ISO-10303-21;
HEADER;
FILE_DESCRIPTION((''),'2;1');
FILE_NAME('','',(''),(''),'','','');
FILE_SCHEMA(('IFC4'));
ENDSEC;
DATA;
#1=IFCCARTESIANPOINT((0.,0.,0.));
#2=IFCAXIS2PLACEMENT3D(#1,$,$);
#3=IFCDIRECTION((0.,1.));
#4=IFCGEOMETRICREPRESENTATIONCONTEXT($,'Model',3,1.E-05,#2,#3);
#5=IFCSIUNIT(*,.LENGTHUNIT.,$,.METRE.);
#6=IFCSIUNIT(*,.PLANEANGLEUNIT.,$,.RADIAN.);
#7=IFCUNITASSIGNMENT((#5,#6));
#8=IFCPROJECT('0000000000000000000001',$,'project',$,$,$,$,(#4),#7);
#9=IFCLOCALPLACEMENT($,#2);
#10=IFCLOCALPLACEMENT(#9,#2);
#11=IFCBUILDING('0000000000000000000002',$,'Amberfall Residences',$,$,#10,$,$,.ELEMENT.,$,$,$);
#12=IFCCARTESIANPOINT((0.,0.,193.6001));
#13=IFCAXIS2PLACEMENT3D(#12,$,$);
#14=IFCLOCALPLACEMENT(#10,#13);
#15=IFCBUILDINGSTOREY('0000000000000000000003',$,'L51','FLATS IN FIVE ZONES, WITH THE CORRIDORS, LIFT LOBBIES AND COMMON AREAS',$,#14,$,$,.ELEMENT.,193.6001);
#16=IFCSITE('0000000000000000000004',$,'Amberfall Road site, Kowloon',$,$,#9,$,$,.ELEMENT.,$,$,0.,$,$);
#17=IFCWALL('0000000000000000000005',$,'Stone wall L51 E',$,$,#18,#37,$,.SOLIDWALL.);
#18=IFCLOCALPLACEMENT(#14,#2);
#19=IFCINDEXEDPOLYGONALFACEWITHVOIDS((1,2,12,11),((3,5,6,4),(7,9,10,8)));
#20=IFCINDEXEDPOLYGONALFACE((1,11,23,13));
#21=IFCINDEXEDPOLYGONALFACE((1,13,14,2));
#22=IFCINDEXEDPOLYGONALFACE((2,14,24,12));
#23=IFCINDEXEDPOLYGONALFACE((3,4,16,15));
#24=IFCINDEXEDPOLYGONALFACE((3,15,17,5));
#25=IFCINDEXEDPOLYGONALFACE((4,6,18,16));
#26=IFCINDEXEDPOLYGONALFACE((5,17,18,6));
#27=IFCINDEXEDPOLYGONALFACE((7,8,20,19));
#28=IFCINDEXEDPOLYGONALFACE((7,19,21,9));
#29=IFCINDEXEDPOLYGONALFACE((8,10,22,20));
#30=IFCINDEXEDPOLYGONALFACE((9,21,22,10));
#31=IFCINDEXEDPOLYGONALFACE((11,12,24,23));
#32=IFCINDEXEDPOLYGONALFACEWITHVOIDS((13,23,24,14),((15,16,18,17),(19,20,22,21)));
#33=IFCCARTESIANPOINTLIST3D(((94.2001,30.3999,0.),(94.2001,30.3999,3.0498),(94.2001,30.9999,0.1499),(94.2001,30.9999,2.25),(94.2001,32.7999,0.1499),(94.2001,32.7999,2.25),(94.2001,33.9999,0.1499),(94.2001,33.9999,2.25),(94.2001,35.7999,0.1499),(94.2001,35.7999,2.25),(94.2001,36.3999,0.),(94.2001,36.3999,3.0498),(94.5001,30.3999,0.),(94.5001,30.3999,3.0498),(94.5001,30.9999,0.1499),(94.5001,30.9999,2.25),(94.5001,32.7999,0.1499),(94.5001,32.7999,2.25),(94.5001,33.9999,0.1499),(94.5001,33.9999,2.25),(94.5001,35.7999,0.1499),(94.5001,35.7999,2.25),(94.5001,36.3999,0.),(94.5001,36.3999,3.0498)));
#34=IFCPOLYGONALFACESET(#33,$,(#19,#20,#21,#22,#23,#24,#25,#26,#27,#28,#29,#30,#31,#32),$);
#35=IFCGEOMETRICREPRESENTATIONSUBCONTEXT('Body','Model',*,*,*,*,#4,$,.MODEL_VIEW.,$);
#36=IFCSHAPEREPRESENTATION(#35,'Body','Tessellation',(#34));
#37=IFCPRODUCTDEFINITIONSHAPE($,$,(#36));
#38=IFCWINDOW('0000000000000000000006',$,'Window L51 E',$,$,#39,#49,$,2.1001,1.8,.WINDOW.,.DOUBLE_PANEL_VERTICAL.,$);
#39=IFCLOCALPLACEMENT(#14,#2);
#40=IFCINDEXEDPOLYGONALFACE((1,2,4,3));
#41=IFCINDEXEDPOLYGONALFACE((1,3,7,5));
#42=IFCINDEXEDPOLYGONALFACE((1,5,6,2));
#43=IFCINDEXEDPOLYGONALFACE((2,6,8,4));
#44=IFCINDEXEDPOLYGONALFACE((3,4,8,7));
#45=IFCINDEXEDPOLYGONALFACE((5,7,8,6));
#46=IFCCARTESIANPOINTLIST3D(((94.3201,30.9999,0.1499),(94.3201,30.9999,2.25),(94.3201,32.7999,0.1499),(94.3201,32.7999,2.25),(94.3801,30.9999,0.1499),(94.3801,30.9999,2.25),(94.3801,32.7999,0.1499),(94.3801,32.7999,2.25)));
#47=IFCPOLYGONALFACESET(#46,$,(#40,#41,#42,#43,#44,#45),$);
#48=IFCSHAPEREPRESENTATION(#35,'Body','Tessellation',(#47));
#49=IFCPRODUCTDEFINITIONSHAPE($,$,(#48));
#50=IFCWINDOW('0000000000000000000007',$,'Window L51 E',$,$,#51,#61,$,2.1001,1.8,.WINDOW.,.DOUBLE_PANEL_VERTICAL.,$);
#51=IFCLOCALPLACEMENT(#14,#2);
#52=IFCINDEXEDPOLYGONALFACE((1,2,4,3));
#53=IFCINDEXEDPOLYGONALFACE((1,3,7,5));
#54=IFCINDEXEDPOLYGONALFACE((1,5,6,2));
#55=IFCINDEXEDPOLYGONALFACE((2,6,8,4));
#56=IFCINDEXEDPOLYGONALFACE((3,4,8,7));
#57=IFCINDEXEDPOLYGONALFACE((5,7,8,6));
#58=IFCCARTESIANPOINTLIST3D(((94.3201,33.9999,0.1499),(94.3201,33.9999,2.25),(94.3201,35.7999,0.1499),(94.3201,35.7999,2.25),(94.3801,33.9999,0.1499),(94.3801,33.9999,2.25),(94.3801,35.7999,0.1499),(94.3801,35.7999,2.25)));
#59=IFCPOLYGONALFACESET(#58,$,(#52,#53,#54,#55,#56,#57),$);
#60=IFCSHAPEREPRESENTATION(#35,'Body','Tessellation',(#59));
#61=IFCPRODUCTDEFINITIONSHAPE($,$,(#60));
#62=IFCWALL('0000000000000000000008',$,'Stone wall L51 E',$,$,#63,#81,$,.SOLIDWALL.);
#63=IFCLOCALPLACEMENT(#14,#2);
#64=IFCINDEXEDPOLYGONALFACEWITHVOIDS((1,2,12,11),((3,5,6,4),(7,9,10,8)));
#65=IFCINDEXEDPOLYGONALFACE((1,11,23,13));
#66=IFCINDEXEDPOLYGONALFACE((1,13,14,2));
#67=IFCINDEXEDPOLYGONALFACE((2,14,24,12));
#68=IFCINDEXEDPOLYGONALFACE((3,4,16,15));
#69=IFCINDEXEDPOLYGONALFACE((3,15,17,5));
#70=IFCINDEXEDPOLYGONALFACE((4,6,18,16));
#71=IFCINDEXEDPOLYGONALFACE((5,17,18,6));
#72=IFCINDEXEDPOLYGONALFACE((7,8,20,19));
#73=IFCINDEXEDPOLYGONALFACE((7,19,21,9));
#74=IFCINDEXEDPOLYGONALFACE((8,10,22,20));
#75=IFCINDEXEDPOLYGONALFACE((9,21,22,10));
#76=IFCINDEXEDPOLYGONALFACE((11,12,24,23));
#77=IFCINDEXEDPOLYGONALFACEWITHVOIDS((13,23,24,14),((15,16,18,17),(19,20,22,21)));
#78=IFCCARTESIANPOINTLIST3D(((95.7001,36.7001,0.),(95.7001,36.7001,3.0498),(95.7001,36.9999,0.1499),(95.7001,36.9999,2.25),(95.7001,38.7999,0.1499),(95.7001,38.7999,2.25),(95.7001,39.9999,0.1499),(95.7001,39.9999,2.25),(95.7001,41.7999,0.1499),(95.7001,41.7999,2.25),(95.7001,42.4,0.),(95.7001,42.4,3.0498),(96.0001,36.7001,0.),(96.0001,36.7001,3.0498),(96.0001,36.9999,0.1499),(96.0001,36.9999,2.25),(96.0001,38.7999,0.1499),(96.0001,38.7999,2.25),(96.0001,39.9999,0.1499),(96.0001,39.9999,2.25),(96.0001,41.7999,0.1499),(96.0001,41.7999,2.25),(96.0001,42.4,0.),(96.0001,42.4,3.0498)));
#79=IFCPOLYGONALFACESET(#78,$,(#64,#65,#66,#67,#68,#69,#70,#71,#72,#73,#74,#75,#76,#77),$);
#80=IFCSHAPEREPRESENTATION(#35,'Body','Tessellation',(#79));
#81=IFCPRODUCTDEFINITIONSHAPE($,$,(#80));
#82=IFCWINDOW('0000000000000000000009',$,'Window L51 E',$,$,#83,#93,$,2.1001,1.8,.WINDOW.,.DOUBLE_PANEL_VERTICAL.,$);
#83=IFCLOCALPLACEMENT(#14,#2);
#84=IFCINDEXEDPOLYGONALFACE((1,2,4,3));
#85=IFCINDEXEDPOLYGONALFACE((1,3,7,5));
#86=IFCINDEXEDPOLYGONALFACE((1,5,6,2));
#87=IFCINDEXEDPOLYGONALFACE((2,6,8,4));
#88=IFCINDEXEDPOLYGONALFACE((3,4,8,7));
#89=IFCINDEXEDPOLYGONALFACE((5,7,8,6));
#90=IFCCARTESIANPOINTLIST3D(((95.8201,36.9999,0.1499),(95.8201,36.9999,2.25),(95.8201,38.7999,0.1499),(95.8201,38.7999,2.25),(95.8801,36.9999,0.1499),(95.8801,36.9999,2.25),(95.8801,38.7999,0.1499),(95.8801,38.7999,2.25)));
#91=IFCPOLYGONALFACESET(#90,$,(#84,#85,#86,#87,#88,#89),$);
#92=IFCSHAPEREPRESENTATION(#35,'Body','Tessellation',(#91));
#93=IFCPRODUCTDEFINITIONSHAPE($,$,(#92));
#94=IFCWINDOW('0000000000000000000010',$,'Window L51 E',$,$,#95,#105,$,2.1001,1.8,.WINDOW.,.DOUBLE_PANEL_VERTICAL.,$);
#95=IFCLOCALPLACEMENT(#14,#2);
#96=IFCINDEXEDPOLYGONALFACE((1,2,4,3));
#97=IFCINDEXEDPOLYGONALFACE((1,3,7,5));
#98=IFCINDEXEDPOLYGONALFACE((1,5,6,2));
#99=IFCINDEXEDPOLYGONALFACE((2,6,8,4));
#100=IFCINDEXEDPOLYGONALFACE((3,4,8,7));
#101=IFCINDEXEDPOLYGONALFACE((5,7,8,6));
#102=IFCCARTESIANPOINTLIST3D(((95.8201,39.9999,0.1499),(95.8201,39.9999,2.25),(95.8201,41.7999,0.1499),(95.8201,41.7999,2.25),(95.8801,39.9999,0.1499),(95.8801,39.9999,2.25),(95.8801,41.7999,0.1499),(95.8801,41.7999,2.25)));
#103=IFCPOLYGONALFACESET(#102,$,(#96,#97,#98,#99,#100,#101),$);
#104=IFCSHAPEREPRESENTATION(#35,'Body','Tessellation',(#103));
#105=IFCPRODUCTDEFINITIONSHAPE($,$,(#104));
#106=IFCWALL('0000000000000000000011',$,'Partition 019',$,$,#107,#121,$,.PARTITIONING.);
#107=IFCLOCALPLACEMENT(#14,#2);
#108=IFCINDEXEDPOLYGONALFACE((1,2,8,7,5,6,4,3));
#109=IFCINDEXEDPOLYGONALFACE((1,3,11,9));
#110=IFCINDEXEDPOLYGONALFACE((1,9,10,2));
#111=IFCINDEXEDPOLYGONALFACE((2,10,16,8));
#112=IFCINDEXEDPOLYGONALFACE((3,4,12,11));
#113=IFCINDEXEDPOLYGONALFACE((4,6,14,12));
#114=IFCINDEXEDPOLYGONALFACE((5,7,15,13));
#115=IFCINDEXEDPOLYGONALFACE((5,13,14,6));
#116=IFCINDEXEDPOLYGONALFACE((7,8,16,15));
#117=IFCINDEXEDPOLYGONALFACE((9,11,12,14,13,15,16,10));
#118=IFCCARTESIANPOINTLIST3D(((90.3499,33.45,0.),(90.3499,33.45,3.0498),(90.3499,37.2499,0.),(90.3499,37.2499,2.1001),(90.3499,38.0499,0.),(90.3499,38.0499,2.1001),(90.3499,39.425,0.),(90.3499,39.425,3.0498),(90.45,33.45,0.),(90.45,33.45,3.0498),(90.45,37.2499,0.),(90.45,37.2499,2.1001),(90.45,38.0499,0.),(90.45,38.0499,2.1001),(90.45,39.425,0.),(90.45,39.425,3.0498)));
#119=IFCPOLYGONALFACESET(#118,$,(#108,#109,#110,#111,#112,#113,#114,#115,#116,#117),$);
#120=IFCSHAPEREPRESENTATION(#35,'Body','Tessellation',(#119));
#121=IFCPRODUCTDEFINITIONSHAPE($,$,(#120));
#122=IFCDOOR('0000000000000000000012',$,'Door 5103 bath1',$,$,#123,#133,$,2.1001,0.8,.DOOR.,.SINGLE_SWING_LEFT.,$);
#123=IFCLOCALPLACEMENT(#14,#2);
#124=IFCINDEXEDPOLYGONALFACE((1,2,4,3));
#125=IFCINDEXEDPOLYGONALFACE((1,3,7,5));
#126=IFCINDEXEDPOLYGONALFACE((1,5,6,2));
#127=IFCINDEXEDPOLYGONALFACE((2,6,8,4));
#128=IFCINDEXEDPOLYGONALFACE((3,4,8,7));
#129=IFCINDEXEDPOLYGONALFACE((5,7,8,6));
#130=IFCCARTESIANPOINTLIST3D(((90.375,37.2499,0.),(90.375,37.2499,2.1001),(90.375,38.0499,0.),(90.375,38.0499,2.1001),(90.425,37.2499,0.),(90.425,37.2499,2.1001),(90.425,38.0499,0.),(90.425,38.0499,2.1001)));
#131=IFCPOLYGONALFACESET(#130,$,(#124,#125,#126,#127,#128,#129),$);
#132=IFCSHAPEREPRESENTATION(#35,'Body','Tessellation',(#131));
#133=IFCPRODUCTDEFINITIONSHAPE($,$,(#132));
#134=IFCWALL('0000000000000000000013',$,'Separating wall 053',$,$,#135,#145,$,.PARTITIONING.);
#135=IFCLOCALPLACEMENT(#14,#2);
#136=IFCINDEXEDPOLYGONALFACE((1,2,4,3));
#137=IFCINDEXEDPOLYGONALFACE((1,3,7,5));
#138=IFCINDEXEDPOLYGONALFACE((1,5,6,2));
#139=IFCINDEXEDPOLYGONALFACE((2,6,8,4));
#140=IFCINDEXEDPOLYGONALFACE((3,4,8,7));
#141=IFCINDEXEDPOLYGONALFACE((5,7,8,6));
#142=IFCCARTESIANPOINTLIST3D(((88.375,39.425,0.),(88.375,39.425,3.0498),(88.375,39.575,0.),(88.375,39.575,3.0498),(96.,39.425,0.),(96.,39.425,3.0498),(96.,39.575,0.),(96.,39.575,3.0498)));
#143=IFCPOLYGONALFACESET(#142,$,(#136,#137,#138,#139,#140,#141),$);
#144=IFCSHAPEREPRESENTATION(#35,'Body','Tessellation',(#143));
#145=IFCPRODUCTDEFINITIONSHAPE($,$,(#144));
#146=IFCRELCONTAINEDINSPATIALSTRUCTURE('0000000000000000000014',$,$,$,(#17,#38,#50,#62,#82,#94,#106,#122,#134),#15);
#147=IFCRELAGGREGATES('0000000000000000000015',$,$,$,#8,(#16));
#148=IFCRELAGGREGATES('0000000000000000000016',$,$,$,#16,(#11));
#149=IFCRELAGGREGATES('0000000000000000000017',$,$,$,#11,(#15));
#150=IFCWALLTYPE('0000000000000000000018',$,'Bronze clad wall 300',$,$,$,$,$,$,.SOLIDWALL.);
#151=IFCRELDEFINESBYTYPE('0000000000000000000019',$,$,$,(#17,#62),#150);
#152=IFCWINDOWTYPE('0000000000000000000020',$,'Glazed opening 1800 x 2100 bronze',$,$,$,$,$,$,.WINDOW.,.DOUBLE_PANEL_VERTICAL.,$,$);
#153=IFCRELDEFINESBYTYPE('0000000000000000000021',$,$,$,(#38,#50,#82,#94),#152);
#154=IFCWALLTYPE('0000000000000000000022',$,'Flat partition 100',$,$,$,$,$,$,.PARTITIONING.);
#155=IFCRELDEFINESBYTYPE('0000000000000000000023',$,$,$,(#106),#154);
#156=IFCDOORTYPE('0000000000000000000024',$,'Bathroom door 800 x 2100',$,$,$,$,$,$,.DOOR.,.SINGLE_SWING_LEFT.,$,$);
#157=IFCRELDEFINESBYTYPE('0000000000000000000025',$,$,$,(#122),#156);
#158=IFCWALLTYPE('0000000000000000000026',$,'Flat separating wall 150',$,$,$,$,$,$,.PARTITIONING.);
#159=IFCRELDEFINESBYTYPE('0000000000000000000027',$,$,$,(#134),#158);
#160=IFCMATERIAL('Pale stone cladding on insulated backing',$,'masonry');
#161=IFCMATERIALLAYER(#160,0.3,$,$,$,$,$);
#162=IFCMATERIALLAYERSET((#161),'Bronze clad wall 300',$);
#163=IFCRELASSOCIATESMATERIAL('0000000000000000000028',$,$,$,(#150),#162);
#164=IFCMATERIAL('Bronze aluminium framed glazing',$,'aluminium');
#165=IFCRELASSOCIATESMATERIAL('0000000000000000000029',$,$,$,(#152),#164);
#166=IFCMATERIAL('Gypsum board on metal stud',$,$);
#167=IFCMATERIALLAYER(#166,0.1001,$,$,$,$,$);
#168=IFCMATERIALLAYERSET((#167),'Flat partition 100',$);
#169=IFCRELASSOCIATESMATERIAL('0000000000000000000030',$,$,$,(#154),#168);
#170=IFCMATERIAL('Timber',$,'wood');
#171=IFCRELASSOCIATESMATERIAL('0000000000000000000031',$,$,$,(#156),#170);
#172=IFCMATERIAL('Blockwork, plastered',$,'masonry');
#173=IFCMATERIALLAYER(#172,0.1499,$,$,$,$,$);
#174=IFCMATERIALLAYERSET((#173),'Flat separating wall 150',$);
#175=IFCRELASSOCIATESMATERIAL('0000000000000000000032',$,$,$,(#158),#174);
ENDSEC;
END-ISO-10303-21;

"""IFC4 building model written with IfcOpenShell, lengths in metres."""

from ifc_helpers import new_model, si_unit, direction, frame, frame_2d, origin, place, context, subcontext, project, spatial, rectangle, extrude, material, layer, layer_set, type_object, element, fill, save


model = new_model("IFC4")

# Units and contexts
model_context = context("Model", 3, precision=1e-05, world=origin(), true_north=direction((0.0, 1.0)))
body_context = subcontext(model_context, "Body", "Model", "MODEL_VIEW")
ifc_project = project(units=[si_unit("LENGTHUNIT", "METRE"), si_unit("PLANEANGLEUNIT", "RADIAN")], contexts=[model_context])

# Site, building, storey
site_placement = place(None, origin())
site = spatial("IfcSite", under=ifc_project, at=site_placement, Name="Amberfall Road site, Kowloon", CompositionType="ELEMENT", RefElevation=0.0)
building_placement = place(site_placement, origin())
building = spatial("IfcBuilding", under=site, at=building_placement, Name="Amberfall Residences", CompositionType="ELEMENT")
storey_placement = place(building_placement, frame((0.0, 0.0, 193.6001)))
storey = spatial("IfcBuildingStorey", under=building, at=storey_placement, Name="L51", Description="FLATS IN FIVE ZONES, WITH THE CORRIDORS, LIFT LOBBIES AND COMMON AREAS", CompositionType="ELEMENT", Elevation=193.6001)

# Shared definitions
ifc_material_1 = material(Name="Pale stone cladding on insulated backing", Category="masonry")
ifc_layer_1 = layer(ifc_material_1, 0.3)
ifc_layer_set_1 = layer_set([ifc_layer_1], Name="Bronze clad wall 300")
wall_type_1 = type_object("IfcWallType", Name="Bronze clad wall 300", PredefinedType="SOLIDWALL", material=ifc_layer_set_1)

# Walls, openings, windows
wall_1_placement = place(storey_placement, frame((94.3501, 30.3999, 0.0), z_axis=(0.0, 0.0, 1.0), x_axis=(0.0, 1.0, 0.0)))
wall_1 = element("IfcWall", 1, at=wall_1_placement, inside=storey, type_object=wall_type_1, Name="Stone wall L51 E", PredefinedType="SOLIDWALL", context=body_context, shape_type="SweptSolid", body=[
    extrude(rectangle(XDim=6.0, YDim=0.3, at=frame_2d((3.0, 0.0))), origin(), (0.0, 0.0, 1.0), 3.0498),
])
opening_1_placement = place(wall_1_placement, frame((0.6001, 0.0, 0.1499)))
opening_1 = element("IfcOpeningElement", 2, at=opening_1_placement, cuts=wall_1, PredefinedType="OPENING", context=body_context, shape_type="SweptSolid", body=[
    extrude(rectangle(XDim=1.8, YDim=2.1001, at=frame_2d((0.8999, 1.05))), frame((0.0, 0.1599, 0.0), z_axis=(0.0, -1.0, 0.0), x_axis=(1.0, 0.0, 0.0)), (0.0, 0.0, 1.0), 0.3201),
])
opening_2_placement = place(wall_1_placement, frame((3.6001, 0.0, 0.1499)))
opening_2 = element("IfcOpeningElement", 3, at=opening_2_placement, cuts=wall_1, PredefinedType="OPENING", context=body_context, shape_type="SweptSolid", body=[
    extrude(rectangle(XDim=1.8, YDim=2.1001, at=frame_2d((0.8999, 1.05))), frame((0.0, 0.1599, 0.0), z_axis=(0.0, -1.0, 0.0), x_axis=(1.0, 0.0, 0.0)), (0.0, 0.0, 1.0), 0.3201),
])
ifc_material_2 = material(Name="Bronze aluminium framed glazing", Category="aluminium")
window_type = type_object("IfcWindowType", Name="Glazed opening 1800 x 2100 bronze", PartitioningType="DOUBLE_PANEL_VERTICAL", PredefinedType="WINDOW", material=ifc_material_2)
window_1_placement = place(opening_1_placement, origin())
window_1 = element("IfcWindow", 4, at=window_1_placement, inside=storey, type_object=window_type, Name="Window L51 E", OverallHeight=2.1001, OverallWidth=1.8, PartitioningType="DOUBLE_PANEL_VERTICAL", PredefinedType="WINDOW", context=body_context, shape_type="SweptSolid", body=[
    extrude(rectangle(XDim=1.8, YDim=2.1001, at=frame_2d((0.8999, 1.05))), frame((0.0, 0.03, 0.0), z_axis=(0.0, -1.0, 0.0), x_axis=(1.0, 0.0, 0.0)), (0.0, 0.0, 1.0), 0.0601),
])
fill(opening_1, window_1)
window_2_placement = place(opening_2_placement, origin())
window_2 = element("IfcWindow", 5, at=window_2_placement, inside=storey, type_object=window_type, Name="Window L51 E", OverallHeight=2.1001, OverallWidth=1.8, PartitioningType="DOUBLE_PANEL_VERTICAL", PredefinedType="WINDOW", context=body_context, shape_type="SweptSolid", body=[
    extrude(rectangle(XDim=1.8, YDim=2.1001, at=frame_2d((0.8999, 1.05))), frame((0.0, 0.03, 0.0), z_axis=(0.0, -1.0, 0.0), x_axis=(1.0, 0.0, 0.0)), (0.0, 0.0, 1.0), 0.0601),
])
fill(opening_2, window_2)
wall_2_placement = place(storey_placement, frame((95.8501, 36.7, 0.0), z_axis=(0.0, 0.0, 1.0), x_axis=(0.0, 1.0, 0.0)))
wall_2 = element("IfcWall", 6, at=wall_2_placement, inside=storey, type_object=wall_type_1, Name="Stone wall L51 E", PredefinedType="SOLIDWALL", context=body_context, shape_type="SweptSolid", body=[
    extrude(rectangle(XDim=5.7, YDim=0.3, at=frame_2d((2.8501, 0.0))), origin(), (0.0, 0.0, 1.0), 3.0498),
])
opening_3_placement = place(wall_2_placement, frame((0.3, 0.0, 0.1499)))
opening_3 = element("IfcOpeningElement", 7, at=opening_3_placement, cuts=wall_2, PredefinedType="OPENING", context=body_context, shape_type="SweptSolid", body=[
    extrude(rectangle(XDim=1.8, YDim=2.1001, at=frame_2d((0.8999, 1.05))), frame((0.0, 0.1599, 0.0), z_axis=(0.0, -1.0, 0.0), x_axis=(1.0, 0.0, 0.0)), (0.0, 0.0, 1.0), 0.3201),
])
opening_4_placement = place(wall_2_placement, frame((3.3, 0.0, 0.1499)))
opening_4 = element("IfcOpeningElement", 8, at=opening_4_placement, cuts=wall_2, PredefinedType="OPENING", context=body_context, shape_type="SweptSolid", body=[
    extrude(rectangle(XDim=1.8, YDim=2.1001, at=frame_2d((0.8999, 1.05))), frame((0.0, 0.1599, 0.0), z_axis=(0.0, -1.0, 0.0), x_axis=(1.0, 0.0, 0.0)), (0.0, 0.0, 1.0), 0.3201),
])
window_3_placement = place(opening_3_placement, origin())
window_3 = element("IfcWindow", 9, at=window_3_placement, inside=storey, type_object=window_type, Name="Window L51 E", OverallHeight=2.1001, OverallWidth=1.8, PartitioningType="DOUBLE_PANEL_VERTICAL", PredefinedType="WINDOW", context=body_context, shape_type="SweptSolid", body=[
    extrude(rectangle(XDim=1.8, YDim=2.1001, at=frame_2d((0.8999, 1.05))), frame((0.0, 0.03, 0.0), z_axis=(0.0, -1.0, 0.0), x_axis=(1.0, 0.0, 0.0)), (0.0, 0.0, 1.0), 0.0601),
])
fill(opening_3, window_3)
window_4_placement = place(opening_4_placement, origin())
window_4 = element("IfcWindow", 10, at=window_4_placement, inside=storey, type_object=window_type, Name="Window L51 E", OverallHeight=2.1001, OverallWidth=1.8, PartitioningType="DOUBLE_PANEL_VERTICAL", PredefinedType="WINDOW", context=body_context, shape_type="SweptSolid", body=[
    extrude(rectangle(XDim=1.8, YDim=2.1001, at=frame_2d((0.8999, 1.05))), frame((0.0, 0.03, 0.0), z_axis=(0.0, -1.0, 0.0), x_axis=(1.0, 0.0, 0.0)), (0.0, 0.0, 1.0), 0.0601),
])
fill(opening_4, window_4)

# Wall, opening, door
ifc_material_3 = material(Name="Gypsum board on metal stud")
ifc_layer_2 = layer(ifc_material_3, 0.1001)
ifc_layer_set_2 = layer_set([ifc_layer_2], Name="Flat partition 100")
wall_type_2 = type_object("IfcWallType", Name="Flat partition 100", PredefinedType="PARTITIONING", material=ifc_layer_set_2)
wall_3_placement = place(storey_placement, frame((90.3999, 33.45, 0.0), z_axis=(0.0, 0.0, 1.0), x_axis=(0.0, 1.0, 0.0)))
wall_3 = element("IfcWall", 11, at=wall_3_placement, inside=storey, type_object=wall_type_2, Name="Partition 019", PredefinedType="PARTITIONING", context=body_context, shape_type="SweptSolid", body=[
    extrude(rectangle(XDim=5.9751, YDim=0.1001, at=frame_2d((2.9875, 0.0))), origin(), (0.0, 0.0, 1.0), 3.0498),
])
opening_5_placement = place(wall_3_placement, frame((3.8, 0.0, 0.0)))
opening_5 = element("IfcOpeningElement", 12, at=opening_5_placement, cuts=wall_3, PredefinedType="OPENING", context=body_context, shape_type="SweptSolid", body=[
    extrude(rectangle(XDim=0.8, YDim=2.1001, at=frame_2d((0.3999, 1.05))), frame((0.0, 0.0601, 0.0), z_axis=(0.0, -1.0, 0.0), x_axis=(1.0, 0.0, 0.0)), (0.0, 0.0, 1.0), 0.1201),
])
ifc_material_4 = material(Name="Timber", Category="wood")
door_type_1 = type_object("IfcDoorType", Name="Bathroom door 800 x 2100", OperationType="SINGLE_SWING_LEFT", PredefinedType="DOOR", material=ifc_material_4)
door_1_placement = place(opening_5_placement, origin())
door_1 = element("IfcDoor", 13, at=door_1_placement, inside=storey, type_object=door_type_1, Name="Door 5103 bath1", OperationType="SINGLE_SWING_LEFT", OverallHeight=2.1001, OverallWidth=0.8, PredefinedType="DOOR", context=body_context, shape_type="SweptSolid", body=[
    extrude(rectangle(XDim=0.8, YDim=2.1001, at=frame_2d((0.3999, 1.05))), frame((0.0, 0.0249, 0.0), z_axis=(0.0, -1.0, 0.0), x_axis=(1.0, 0.0, 0.0)), (0.0, 0.0, 1.0), 0.05),
])
fill(opening_5, door_1)

# Wall
ifc_material_5 = material(Name="Blockwork, plastered", Category="masonry")
ifc_layer_3 = layer(ifc_material_5, 0.1499)
ifc_layer_set_3 = layer_set([ifc_layer_3], Name="Flat separating wall 150")
wall_type_3 = type_object("IfcWallType", Name="Flat separating wall 150", PredefinedType="PARTITIONING", material=ifc_layer_set_3)
wall_4_placement = place(storey_placement, frame((88.375, 39.5, 0.0), z_axis=(0.0, 0.0, 1.0), x_axis=(1.0, 0.0, 0.0)))
element("IfcWall", 14, at=wall_4_placement, inside=storey, type_object=wall_type_3, Name="Separating wall 053", PredefinedType="PARTITIONING", context=body_context, shape_type="SweptSolid", body=[
    extrude(rectangle(XDim=7.625, YDim=0.1499, at=frame_2d((3.8125, 0.0))), origin(), (0.0, 0.0, 1.0), 3.0498),
])

save(model, "model.ifc")
